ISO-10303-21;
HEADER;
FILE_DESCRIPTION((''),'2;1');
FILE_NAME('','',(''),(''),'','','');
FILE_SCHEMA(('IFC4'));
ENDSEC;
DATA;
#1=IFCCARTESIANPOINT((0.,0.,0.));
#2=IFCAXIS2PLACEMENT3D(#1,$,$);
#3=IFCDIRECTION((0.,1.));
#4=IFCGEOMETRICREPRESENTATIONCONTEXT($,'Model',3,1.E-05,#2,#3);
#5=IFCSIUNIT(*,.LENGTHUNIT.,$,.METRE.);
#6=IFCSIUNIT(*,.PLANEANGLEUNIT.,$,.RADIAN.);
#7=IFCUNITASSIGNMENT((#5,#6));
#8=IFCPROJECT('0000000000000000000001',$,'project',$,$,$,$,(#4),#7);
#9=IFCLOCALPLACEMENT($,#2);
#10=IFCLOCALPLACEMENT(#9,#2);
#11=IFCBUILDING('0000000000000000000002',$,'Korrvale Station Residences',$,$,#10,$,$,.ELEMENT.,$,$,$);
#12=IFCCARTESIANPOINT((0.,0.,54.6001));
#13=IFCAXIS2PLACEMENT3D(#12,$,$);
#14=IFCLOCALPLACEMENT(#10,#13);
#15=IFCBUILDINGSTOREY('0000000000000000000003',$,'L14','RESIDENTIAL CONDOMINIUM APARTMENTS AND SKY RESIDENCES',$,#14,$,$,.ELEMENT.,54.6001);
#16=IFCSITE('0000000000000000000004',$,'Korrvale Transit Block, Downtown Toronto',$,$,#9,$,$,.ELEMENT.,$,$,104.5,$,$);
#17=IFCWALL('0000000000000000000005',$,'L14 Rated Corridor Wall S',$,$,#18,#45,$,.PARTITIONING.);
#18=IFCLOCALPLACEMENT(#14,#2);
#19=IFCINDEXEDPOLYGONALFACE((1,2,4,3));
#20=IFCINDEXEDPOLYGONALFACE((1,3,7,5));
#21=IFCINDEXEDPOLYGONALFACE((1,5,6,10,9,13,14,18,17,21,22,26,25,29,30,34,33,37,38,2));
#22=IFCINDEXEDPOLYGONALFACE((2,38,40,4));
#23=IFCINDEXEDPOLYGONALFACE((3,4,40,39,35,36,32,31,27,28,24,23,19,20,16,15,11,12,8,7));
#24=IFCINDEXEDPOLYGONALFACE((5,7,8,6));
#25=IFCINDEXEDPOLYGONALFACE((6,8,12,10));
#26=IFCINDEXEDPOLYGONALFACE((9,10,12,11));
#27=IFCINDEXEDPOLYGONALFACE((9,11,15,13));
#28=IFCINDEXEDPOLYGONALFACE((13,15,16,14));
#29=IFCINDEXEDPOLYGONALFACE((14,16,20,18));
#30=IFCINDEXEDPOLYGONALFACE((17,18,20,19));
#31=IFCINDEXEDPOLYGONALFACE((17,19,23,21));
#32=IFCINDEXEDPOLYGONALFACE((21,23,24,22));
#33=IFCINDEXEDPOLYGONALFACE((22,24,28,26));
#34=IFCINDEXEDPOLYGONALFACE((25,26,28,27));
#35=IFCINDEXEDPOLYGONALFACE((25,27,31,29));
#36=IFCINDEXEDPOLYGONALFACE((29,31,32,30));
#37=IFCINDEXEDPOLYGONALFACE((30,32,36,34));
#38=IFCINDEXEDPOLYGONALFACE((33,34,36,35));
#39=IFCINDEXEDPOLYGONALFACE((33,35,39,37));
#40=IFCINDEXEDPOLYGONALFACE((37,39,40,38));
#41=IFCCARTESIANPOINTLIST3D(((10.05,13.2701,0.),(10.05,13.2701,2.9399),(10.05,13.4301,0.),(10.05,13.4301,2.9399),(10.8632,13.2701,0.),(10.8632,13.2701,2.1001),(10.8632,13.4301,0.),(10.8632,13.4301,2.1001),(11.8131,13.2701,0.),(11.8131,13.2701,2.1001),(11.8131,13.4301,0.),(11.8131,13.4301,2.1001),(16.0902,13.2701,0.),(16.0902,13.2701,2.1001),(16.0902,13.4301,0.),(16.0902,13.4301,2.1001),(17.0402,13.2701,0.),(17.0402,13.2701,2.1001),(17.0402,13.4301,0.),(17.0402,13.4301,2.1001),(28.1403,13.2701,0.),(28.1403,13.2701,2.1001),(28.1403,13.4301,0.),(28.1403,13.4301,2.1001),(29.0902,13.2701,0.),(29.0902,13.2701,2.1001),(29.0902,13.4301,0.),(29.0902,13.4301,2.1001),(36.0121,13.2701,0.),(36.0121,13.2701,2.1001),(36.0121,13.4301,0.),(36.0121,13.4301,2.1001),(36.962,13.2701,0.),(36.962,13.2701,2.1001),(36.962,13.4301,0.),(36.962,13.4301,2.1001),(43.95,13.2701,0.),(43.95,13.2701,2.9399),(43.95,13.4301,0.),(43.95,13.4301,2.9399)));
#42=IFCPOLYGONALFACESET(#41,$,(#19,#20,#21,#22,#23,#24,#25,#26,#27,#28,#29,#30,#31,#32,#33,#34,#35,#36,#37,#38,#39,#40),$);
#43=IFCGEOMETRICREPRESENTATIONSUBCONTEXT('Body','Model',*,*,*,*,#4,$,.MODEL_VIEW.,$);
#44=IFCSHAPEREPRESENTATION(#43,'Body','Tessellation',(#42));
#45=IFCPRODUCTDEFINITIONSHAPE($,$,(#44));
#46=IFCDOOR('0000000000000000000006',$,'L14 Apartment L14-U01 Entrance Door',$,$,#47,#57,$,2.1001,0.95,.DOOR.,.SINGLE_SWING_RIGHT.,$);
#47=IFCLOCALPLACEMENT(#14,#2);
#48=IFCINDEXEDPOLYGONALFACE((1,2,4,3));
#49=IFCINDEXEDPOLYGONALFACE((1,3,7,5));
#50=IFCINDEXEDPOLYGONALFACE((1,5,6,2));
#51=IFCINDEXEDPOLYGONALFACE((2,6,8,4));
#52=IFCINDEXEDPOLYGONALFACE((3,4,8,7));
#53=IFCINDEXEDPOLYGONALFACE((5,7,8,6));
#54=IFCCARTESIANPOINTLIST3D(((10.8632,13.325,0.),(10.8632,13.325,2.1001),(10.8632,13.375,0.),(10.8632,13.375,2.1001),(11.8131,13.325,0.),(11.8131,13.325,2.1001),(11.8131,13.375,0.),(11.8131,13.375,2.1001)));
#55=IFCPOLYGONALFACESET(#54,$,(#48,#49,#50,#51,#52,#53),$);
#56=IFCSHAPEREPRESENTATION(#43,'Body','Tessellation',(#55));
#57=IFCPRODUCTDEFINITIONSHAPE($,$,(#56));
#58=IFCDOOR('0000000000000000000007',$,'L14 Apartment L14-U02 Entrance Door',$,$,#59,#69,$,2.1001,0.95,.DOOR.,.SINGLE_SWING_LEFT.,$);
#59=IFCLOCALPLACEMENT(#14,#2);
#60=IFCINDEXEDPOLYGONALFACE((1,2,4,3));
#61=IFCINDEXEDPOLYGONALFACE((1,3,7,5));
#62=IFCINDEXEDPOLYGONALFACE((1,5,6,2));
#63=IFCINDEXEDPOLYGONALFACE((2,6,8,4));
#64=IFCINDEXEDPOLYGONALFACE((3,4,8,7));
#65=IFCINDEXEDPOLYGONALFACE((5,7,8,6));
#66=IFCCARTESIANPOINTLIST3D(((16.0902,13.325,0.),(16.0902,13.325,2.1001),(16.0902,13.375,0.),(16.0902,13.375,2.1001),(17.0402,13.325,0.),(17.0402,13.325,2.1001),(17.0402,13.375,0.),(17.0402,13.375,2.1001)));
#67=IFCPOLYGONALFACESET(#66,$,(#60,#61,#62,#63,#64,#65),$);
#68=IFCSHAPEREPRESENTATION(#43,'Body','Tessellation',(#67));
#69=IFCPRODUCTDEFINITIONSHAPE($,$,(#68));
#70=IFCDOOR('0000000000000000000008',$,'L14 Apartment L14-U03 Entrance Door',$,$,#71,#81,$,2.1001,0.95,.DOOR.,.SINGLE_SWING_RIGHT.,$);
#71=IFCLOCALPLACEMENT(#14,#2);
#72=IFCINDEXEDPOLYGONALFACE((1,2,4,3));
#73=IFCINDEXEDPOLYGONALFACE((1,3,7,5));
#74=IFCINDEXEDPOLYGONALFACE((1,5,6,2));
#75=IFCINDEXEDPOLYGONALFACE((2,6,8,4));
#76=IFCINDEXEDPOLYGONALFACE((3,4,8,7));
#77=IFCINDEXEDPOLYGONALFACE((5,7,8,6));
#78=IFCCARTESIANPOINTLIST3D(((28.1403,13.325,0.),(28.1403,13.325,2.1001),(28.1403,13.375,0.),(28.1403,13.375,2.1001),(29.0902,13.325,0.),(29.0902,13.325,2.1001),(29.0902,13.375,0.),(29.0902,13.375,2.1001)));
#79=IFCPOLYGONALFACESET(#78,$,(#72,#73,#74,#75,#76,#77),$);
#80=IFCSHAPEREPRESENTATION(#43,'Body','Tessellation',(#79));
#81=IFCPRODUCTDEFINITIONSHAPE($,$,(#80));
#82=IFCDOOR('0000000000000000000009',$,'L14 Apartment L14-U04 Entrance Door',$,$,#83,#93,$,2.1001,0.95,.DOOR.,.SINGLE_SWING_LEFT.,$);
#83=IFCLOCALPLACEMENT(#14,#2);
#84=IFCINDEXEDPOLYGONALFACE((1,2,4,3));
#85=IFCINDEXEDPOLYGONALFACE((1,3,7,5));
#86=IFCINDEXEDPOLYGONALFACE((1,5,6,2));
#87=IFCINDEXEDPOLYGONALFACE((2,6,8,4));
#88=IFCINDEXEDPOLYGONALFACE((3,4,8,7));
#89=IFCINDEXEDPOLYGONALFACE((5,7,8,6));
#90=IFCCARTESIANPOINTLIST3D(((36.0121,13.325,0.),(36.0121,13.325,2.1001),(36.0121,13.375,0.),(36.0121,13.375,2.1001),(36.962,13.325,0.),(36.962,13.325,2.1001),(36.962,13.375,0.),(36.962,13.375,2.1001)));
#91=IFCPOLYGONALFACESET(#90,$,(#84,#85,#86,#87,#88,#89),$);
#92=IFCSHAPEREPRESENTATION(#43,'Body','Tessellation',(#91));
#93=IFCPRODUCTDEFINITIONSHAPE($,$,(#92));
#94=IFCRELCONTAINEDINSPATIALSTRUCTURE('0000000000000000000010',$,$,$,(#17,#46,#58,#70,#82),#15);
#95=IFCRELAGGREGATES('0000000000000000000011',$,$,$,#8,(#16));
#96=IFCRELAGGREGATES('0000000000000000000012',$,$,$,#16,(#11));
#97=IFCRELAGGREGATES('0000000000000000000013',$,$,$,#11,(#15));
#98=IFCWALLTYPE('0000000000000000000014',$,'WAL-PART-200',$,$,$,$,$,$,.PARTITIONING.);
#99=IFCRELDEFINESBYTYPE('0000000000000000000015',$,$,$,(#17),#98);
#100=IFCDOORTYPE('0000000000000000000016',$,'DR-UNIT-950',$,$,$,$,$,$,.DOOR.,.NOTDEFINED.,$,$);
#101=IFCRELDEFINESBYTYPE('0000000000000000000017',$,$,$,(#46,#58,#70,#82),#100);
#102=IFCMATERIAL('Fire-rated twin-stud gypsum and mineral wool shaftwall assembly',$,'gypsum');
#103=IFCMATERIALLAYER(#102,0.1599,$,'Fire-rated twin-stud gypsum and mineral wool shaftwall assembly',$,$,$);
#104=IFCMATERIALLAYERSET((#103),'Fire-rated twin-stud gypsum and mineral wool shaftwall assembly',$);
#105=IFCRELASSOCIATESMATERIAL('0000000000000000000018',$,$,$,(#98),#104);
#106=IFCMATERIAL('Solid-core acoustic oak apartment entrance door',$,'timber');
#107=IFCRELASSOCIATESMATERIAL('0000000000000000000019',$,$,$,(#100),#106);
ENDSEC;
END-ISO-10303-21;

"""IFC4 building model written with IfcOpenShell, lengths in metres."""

from ifc_helpers import new_model, si_unit, direction, frame, frame_2d, origin, place, context, subcontext, project, spatial, rectangle, extrude, material, layer, layer_set, type_object, element, fill, save


model = new_model("IFC4")

# Units and contexts
model_context = context("Model", 3, precision=1e-05, world=origin(), true_north=direction((0.0, 1.0)))
body_context = subcontext(model_context, "Body", "Model", "MODEL_VIEW")
ifc_project = project(units=[si_unit("LENGTHUNIT", "METRE"), si_unit("PLANEANGLEUNIT", "RADIAN")], contexts=[model_context])

# Site, building, storey
site_placement = place(None, origin())
site = spatial("IfcSite", under=ifc_project, at=site_placement, Name="Korrvale Transit Block, Downtown Toronto", CompositionType="ELEMENT", RefElevation=104.5)
building_placement = place(site_placement, origin())
building = spatial("IfcBuilding", under=site, at=building_placement, Name="Korrvale Station Residences", CompositionType="ELEMENT")
storey_placement = place(building_placement, frame((0.0, 0.0, 54.6001)))
storey = spatial("IfcBuildingStorey", under=building, at=storey_placement, Name="L14", Description="RESIDENTIAL CONDOMINIUM APARTMENTS AND SKY RESIDENCES", CompositionType="ELEMENT", Elevation=54.6001)

# Shared definitions
ifc_material_1 = material(Name="Fire-rated twin-stud gypsum and mineral wool shaftwall assembly", Category="gypsum")
ifc_layer_1 = layer(ifc_material_1, 0.1599, Name="Fire-rated twin-stud gypsum and mineral wool shaftwall assembly")
ifc_layer_set_1 = layer_set([ifc_layer_1], Name="Fire-rated twin-stud gypsum and mineral wool shaftwall assembly")
wall_type_1 = type_object("IfcWallType", Name="WAL-PART-200", PredefinedType="PARTITIONING", material=ifc_layer_set_1)

# Wall, openings, doors
wall_1_placement = place(storey_placement, frame((10.05, 13.3501, 0.0), z_axis=(0.0, 0.0, 1.0), x_axis=(1.0, 0.0, 0.0)))
wall_1 = element("IfcWall", 1, at=wall_1_placement, inside=storey, type_object=wall_type_1, Name="L14 Rated Corridor Wall S", PredefinedType="PARTITIONING", context=body_context, shape_type="SweptSolid", body=[
    extrude(rectangle(XDim=33.8999, YDim=0.1599, at=frame_2d((16.95, 0.0))), origin(), (0.0, 0.0, 1.0), 2.9399),
])
opening_1_placement = place(wall_1_placement, frame((0.813, 0.0, 0.0)))
opening_1 = element("IfcOpeningElement", 2, at=opening_1_placement, cuts=wall_1, PredefinedType="OPENING", context=body_context, shape_type="SweptSolid", body=[
    extrude(rectangle(XDim=0.95, YDim=2.1001, at=frame_2d((0.4751, 1.05))), frame((0.0, 0.0898, 0.0), z_axis=(0.0, -1.0, 0.0), x_axis=(1.0, 0.0, 0.0)), (0.0, 0.0, 1.0), 0.1799),
])
opening_2_placement = place(wall_1_placement, frame((6.04, 0.0, 0.0)))
opening_2 = element("IfcOpeningElement", 3, at=opening_2_placement, cuts=wall_1, PredefinedType="OPENING", context=body_context, shape_type="SweptSolid", body=[
    extrude(rectangle(XDim=0.95, YDim=2.1001, at=frame_2d((0.4751, 1.05))), frame((0.0, 0.0898, 0.0), z_axis=(0.0, -1.0, 0.0), x_axis=(1.0, 0.0, 0.0)), (0.0, 0.0, 1.0), 0.1799),
])
opening_3_placement = place(wall_1_placement, frame((18.0901, 0.0, 0.0)))
opening_3 = element("IfcOpeningElement", 4, at=opening_3_placement, cuts=wall_1, PredefinedType="OPENING", context=body_context, shape_type="SweptSolid", body=[
    extrude(rectangle(XDim=0.95, YDim=2.1001, at=frame_2d((0.4751, 1.05))), frame((0.0, 0.0898, 0.0), z_axis=(0.0, -1.0, 0.0), x_axis=(1.0, 0.0, 0.0)), (0.0, 0.0, 1.0), 0.1799),
])
opening_4_placement = place(wall_1_placement, frame((25.9619, 0.0, 0.0)))
opening_4 = element("IfcOpeningElement", 5, at=opening_4_placement, cuts=wall_1, PredefinedType="OPENING", context=body_context, shape_type="SweptSolid", body=[
    extrude(rectangle(XDim=0.95, YDim=2.1001, at=frame_2d((0.4751, 1.05))), frame((0.0, 0.0898, 0.0), z_axis=(0.0, -1.0, 0.0), x_axis=(1.0, 0.0, 0.0)), (0.0, 0.0, 1.0), 0.1799),
])
ifc_material_2 = material(Name="Solid-core acoustic oak apartment entrance door", Category="timber")
door_type_1 = type_object("IfcDoorType", Name="DR-UNIT-950", OperationType="NOTDEFINED", PredefinedType="DOOR", material=ifc_material_2)
door_1_placement = place(opening_1_placement, origin())
door_1 = element("IfcDoor", 6, at=door_1_placement, inside=storey, type_object=door_type_1, Name="L14 Apartment L14-U01 Entrance Door", OperationType="SINGLE_SWING_RIGHT", OverallHeight=2.1001, OverallWidth=0.95, PredefinedType="DOOR", context=body_context, shape_type="SweptSolid", body=[
    extrude(rectangle(XDim=0.95, YDim=2.1001, at=frame_2d((0.4751, 1.05))), frame((0.0, 0.0249, 0.0), z_axis=(0.0, -1.0, 0.0), x_axis=(1.0, 0.0, 0.0)), (0.0, 0.0, 1.0), 0.05),
])
fill(opening_1, door_1)
door_2_placement = place(opening_2_placement, origin())
door_2 = element("IfcDoor", 7, at=door_2_placement, inside=storey, type_object=door_type_1, Name="L14 Apartment L14-U02 Entrance Door", OperationType="SINGLE_SWING_LEFT", OverallHeight=2.1001, OverallWidth=0.95, PredefinedType="DOOR", context=body_context, shape_type="SweptSolid", body=[
    extrude(rectangle(XDim=0.95, YDim=2.1001, at=frame_2d((0.4751, 1.05))), frame((0.0, 0.0249, 0.0), z_axis=(0.0, -1.0, 0.0), x_axis=(1.0, 0.0, 0.0)), (0.0, 0.0, 1.0), 0.05),
])
fill(opening_2, door_2)
door_3_placement = place(opening_3_placement, origin())
door_3 = element("IfcDoor", 8, at=door_3_placement, inside=storey, type_object=door_type_1, Name="L14 Apartment L14-U03 Entrance Door", OperationType="SINGLE_SWING_RIGHT", OverallHeight=2.1001, OverallWidth=0.95, PredefinedType="DOOR", context=body_context, shape_type="SweptSolid", body=[
    extrude(rectangle(XDim=0.95, YDim=2.1001, at=frame_2d((0.4751, 1.05))), frame((0.0, 0.0249, 0.0), z_axis=(0.0, -1.0, 0.0), x_axis=(1.0, 0.0, 0.0)), (0.0, 0.0, 1.0), 0.05),
])
fill(opening_3, door_3)
door_4_placement = place(opening_4_placement, origin())
door_4 = element("IfcDoor", 9, at=door_4_placement, inside=storey, type_object=door_type_1, Name="L14 Apartment L14-U04 Entrance Door", OperationType="SINGLE_SWING_LEFT", OverallHeight=2.1001, OverallWidth=0.95, PredefinedType="DOOR", context=body_context, shape_type="SweptSolid", body=[
    extrude(rectangle(XDim=0.95, YDim=2.1001, at=frame_2d((0.4751, 1.05))), frame((0.0, 0.0249, 0.0), z_axis=(0.0, -1.0, 0.0), x_axis=(1.0, 0.0, 0.0)), (0.0, 0.0, 1.0), 0.05),
])
fill(opening_4, door_4)

save(model, "model.ifc")
